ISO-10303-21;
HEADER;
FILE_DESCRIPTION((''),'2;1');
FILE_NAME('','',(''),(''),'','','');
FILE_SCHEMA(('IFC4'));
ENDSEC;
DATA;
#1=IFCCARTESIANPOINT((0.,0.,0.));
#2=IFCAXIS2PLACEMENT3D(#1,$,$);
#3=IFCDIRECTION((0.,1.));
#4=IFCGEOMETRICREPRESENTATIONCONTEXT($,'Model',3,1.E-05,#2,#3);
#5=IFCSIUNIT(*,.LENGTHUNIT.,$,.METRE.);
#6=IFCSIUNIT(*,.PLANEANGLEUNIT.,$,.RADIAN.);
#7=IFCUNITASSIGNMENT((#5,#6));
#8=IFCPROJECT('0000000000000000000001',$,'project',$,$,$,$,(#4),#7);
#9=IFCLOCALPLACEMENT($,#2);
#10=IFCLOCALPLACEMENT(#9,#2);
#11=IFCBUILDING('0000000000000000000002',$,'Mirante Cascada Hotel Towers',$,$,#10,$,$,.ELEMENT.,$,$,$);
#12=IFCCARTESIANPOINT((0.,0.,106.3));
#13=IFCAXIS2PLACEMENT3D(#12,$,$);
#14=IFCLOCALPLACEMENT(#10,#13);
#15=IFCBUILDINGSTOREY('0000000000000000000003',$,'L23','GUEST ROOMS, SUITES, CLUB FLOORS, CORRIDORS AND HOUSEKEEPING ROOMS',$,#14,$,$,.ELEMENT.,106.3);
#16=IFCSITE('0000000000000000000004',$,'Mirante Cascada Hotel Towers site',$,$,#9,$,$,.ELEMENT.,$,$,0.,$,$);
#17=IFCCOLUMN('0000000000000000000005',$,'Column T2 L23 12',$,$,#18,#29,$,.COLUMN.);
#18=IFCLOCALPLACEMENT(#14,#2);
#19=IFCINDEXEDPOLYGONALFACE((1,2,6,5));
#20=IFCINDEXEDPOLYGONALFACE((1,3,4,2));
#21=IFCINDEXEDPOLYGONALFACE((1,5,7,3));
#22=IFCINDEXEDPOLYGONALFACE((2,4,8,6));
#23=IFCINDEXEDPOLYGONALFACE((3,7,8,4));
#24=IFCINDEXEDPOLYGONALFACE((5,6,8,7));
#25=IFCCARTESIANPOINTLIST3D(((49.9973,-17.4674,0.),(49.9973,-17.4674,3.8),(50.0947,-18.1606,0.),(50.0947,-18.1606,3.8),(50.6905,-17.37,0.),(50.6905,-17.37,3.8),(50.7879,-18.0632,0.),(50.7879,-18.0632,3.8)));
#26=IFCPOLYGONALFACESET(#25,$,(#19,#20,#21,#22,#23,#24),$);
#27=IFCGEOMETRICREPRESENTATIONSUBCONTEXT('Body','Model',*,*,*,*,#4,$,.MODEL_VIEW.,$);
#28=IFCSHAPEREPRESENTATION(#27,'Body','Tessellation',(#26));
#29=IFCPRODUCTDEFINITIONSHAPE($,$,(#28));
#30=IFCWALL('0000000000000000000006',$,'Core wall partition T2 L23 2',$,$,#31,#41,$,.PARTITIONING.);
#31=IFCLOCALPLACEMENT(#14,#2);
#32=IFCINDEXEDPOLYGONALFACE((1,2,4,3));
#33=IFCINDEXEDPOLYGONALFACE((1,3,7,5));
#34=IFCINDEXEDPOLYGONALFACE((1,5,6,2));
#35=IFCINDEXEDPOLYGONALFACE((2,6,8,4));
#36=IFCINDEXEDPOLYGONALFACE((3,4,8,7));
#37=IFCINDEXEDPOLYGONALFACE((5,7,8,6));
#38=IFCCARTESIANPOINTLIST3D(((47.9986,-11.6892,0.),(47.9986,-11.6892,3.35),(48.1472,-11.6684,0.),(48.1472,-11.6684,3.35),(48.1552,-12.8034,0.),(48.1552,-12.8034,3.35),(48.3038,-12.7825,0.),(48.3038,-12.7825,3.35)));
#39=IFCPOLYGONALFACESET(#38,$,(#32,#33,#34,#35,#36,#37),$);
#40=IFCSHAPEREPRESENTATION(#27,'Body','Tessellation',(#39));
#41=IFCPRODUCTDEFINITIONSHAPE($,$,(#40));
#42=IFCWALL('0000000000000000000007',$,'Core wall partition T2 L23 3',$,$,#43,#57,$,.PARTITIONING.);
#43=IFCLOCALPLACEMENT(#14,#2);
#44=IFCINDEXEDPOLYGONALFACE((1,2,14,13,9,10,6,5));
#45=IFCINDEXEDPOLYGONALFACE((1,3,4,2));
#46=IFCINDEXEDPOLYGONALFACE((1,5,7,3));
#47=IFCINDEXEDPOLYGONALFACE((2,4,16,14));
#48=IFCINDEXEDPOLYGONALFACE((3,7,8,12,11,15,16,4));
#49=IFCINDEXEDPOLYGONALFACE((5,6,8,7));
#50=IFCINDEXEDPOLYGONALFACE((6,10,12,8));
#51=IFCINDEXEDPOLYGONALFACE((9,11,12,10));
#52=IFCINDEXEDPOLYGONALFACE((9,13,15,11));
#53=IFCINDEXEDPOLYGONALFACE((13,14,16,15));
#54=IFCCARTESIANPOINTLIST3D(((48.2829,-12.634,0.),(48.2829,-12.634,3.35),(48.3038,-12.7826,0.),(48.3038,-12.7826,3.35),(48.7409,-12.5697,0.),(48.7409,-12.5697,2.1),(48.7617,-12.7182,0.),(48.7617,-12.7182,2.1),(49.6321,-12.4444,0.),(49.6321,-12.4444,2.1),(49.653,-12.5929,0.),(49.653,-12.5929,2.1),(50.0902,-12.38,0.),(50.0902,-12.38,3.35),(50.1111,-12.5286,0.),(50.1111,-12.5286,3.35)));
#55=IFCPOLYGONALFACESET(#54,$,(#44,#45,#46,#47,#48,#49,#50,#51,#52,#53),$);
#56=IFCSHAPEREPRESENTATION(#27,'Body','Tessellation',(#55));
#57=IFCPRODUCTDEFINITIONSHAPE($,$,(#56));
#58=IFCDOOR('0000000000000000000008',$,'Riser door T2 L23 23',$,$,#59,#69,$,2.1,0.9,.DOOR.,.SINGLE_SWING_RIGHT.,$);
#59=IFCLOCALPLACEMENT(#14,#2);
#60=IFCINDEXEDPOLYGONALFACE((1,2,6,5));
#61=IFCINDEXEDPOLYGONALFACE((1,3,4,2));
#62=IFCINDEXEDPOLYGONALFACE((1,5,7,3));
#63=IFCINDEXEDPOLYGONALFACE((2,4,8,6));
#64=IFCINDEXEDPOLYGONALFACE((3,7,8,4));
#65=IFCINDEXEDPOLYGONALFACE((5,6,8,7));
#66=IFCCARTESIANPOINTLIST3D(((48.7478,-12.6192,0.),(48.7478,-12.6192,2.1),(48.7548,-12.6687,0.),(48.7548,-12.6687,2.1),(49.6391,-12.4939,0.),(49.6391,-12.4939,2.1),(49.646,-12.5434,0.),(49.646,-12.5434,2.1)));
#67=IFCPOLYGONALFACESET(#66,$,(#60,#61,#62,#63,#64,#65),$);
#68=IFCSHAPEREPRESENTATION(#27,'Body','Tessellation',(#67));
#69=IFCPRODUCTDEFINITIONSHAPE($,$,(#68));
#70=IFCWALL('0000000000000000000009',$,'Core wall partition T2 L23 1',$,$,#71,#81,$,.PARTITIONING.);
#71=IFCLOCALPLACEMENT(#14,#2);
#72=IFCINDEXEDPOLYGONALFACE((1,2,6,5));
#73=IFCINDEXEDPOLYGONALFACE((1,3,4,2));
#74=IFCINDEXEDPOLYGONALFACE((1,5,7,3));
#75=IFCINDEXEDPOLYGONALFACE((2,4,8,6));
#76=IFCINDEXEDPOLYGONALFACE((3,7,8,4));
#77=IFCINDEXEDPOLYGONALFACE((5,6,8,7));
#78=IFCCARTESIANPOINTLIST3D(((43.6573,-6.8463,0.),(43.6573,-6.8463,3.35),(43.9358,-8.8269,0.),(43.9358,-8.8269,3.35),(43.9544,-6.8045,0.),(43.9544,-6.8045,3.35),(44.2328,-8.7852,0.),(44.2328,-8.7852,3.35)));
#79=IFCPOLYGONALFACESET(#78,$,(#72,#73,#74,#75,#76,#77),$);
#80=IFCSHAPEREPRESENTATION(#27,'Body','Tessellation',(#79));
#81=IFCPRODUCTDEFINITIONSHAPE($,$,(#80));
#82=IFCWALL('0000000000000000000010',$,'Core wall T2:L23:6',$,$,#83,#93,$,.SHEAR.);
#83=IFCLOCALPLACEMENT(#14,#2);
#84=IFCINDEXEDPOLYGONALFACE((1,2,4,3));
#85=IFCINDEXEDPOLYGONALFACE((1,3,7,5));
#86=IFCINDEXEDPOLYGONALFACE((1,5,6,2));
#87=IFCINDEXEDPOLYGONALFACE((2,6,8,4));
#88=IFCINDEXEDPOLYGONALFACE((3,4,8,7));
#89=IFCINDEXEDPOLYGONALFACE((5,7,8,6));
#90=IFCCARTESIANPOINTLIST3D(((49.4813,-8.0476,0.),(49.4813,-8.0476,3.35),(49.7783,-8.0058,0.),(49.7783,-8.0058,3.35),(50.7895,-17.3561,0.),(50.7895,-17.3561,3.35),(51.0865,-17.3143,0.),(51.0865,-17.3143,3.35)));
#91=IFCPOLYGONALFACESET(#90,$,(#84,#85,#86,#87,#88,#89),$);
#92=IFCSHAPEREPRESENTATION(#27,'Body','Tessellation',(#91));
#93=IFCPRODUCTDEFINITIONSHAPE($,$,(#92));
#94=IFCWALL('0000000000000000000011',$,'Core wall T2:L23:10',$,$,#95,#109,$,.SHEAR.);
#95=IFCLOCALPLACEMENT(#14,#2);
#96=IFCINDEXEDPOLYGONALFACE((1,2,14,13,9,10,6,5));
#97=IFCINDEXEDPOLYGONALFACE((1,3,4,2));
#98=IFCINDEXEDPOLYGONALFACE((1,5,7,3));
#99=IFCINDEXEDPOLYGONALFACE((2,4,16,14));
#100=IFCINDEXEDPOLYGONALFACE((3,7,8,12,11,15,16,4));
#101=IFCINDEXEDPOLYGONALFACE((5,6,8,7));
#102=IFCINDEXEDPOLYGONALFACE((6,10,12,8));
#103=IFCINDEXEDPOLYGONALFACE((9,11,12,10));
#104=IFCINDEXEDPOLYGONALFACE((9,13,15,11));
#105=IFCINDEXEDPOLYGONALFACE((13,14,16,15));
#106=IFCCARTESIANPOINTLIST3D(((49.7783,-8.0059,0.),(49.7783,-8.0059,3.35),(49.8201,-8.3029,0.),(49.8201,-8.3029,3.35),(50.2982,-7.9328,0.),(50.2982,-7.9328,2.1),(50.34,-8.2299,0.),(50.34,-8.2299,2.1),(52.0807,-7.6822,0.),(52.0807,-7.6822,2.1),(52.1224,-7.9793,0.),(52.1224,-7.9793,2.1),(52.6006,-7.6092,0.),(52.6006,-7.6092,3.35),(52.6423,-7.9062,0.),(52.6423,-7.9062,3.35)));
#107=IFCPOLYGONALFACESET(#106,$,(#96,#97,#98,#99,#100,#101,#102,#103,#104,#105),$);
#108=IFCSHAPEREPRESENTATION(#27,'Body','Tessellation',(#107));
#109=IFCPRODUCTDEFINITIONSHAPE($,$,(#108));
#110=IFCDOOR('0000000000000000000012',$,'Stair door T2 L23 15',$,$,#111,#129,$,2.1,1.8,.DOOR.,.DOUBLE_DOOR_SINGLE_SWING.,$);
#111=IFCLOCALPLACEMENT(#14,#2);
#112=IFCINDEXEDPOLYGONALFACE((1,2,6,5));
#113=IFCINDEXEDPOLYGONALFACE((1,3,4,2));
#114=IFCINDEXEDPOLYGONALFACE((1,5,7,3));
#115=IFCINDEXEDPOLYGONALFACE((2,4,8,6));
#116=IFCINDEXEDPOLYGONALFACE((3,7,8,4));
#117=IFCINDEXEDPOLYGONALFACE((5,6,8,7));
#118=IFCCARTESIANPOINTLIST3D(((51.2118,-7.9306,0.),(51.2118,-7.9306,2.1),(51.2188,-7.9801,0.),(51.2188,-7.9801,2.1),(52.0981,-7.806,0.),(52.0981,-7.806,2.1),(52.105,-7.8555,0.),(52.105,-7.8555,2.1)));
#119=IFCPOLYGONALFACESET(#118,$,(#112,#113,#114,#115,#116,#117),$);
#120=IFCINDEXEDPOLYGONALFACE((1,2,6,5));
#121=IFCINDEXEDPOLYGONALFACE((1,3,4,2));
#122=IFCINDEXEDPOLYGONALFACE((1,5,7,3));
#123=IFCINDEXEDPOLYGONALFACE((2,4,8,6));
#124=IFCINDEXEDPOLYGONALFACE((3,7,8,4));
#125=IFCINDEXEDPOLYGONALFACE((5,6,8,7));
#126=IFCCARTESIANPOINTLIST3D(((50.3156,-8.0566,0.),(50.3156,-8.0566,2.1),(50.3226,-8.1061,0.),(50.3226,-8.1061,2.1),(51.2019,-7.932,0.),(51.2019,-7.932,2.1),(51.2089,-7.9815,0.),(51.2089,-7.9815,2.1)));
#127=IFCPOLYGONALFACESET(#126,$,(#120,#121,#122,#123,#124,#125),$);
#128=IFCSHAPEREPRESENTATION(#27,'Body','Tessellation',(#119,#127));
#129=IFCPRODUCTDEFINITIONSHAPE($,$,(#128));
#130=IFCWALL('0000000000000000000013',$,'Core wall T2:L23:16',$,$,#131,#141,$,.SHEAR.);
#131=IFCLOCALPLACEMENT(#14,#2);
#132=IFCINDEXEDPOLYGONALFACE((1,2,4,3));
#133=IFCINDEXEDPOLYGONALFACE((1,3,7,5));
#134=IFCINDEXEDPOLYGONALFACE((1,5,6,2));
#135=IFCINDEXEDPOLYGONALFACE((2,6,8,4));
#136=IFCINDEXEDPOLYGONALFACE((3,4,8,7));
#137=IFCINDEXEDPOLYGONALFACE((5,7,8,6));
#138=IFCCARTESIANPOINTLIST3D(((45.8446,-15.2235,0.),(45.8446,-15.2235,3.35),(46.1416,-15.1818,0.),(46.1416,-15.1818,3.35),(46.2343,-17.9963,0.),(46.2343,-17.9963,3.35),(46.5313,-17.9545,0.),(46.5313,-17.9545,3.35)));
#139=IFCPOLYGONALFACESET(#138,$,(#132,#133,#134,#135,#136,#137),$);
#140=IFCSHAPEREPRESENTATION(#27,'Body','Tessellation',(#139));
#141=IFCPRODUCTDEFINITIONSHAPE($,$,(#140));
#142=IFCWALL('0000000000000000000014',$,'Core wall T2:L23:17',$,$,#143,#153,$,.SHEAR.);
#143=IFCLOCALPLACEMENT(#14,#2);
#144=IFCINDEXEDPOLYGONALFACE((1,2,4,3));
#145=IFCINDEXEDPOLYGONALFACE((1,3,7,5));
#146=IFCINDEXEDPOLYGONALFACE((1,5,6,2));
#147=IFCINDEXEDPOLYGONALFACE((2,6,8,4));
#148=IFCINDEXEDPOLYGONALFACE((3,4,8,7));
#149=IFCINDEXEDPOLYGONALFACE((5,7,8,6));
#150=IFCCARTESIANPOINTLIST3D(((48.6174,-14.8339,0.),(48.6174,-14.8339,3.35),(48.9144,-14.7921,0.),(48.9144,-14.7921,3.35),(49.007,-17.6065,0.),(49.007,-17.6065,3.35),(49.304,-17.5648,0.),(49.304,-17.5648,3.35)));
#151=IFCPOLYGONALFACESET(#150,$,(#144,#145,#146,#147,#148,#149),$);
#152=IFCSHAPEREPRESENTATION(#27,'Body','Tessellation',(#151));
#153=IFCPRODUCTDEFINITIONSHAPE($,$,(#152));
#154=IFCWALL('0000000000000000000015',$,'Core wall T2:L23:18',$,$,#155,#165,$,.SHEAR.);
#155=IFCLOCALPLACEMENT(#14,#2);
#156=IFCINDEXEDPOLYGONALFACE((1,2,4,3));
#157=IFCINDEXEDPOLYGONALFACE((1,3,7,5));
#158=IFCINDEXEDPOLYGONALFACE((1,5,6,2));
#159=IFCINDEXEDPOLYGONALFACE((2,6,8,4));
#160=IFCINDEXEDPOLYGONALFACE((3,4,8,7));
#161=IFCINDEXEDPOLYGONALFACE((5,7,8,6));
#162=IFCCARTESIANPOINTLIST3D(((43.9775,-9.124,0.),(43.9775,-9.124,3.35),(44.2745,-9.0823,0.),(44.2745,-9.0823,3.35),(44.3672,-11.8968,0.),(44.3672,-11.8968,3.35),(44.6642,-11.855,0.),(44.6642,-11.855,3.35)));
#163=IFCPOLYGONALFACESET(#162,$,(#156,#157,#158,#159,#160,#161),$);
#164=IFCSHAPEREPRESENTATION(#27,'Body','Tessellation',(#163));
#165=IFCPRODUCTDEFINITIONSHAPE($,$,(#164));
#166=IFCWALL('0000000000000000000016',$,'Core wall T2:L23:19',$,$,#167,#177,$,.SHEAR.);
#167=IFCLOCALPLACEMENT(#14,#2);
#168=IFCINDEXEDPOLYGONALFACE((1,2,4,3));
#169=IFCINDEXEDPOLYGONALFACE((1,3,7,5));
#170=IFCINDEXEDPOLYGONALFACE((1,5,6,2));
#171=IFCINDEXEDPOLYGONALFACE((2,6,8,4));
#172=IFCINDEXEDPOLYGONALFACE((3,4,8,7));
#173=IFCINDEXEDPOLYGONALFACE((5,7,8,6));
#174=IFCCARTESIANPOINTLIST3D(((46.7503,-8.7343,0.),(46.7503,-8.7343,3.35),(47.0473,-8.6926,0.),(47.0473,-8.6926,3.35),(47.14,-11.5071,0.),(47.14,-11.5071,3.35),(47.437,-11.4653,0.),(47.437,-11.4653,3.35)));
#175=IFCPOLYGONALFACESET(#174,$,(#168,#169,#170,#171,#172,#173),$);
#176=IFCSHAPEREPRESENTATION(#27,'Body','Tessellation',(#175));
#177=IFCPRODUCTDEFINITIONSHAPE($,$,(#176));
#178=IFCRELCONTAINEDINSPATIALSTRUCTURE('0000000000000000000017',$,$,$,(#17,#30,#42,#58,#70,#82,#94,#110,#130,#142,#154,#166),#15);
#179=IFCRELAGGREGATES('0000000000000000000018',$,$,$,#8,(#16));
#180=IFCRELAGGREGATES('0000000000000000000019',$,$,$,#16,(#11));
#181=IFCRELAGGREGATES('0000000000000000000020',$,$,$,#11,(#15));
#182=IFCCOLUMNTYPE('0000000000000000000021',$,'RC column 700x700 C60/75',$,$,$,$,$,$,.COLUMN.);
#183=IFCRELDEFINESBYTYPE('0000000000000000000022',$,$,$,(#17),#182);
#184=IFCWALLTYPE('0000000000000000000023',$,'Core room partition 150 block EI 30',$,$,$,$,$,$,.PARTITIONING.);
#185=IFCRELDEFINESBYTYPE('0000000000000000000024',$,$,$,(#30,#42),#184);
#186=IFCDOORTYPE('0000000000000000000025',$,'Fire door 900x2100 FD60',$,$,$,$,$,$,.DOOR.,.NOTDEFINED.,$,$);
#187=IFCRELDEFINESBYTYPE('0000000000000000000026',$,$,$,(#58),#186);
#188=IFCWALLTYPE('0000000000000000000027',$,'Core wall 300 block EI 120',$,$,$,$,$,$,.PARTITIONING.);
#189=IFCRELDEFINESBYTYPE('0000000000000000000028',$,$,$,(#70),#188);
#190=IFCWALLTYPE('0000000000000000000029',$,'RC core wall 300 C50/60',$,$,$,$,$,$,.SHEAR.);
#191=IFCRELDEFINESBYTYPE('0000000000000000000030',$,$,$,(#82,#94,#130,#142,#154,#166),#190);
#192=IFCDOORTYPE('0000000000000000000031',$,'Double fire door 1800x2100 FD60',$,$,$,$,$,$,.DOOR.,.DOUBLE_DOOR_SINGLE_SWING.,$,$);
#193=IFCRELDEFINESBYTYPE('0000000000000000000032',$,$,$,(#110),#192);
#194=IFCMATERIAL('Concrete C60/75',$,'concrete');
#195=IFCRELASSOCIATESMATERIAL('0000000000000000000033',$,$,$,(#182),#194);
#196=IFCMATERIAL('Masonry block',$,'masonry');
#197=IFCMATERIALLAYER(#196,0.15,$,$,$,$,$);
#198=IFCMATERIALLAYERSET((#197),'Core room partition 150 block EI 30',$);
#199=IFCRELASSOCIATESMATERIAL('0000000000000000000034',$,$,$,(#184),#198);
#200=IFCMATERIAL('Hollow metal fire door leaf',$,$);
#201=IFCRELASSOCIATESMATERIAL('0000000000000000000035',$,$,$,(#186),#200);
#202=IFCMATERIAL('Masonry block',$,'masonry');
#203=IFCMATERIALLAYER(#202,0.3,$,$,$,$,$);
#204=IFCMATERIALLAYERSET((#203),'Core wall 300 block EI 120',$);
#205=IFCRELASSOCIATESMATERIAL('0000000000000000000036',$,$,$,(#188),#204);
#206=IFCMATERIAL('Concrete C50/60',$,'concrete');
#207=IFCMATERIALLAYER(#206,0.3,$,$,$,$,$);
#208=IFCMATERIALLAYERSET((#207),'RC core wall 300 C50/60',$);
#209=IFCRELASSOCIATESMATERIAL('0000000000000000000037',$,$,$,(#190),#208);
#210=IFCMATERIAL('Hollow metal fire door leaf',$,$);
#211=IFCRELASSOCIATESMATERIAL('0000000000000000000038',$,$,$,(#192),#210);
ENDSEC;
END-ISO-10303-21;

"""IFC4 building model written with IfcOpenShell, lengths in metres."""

from ifc_helpers import new_model, si_unit, direction, frame, frame_2d, origin, origin_2d, place, context, subcontext, project, spatial, rectangle, extrude, material, layer, layer_set, material_profile, profile_set, type_object, element, fill, save


model = new_model("IFC4")

# Units and contexts
model_context = context("Model", 3, precision=1e-05, world=origin(), true_north=direction((0.0, 1.0)))
body_context = subcontext(model_context, "Body", "Model", "MODEL_VIEW")
ifc_project = project(units=[si_unit("LENGTHUNIT", "METRE"), si_unit("PLANEANGLEUNIT", "RADIAN")], contexts=[model_context])

# Site, building, storey
site_placement = place(None, origin())
site = spatial("IfcSite", under=ifc_project, at=site_placement, Name="Mirante Cascada Hotel Towers site", CompositionType="ELEMENT", RefElevation=0.0)
building_placement = place(site_placement, origin())
building = spatial("IfcBuilding", under=site, at=building_placement, Name="Mirante Cascada Hotel Towers", CompositionType="ELEMENT")
storey_placement = place(building_placement, frame((0.0, 0.0, 106.3)))
storey = spatial("IfcBuildingStorey", under=building, at=storey_placement, Name="L23", Description="GUEST ROOMS, SUITES, CLUB FLOORS, CORRIDORS AND HOUSEKEEPING ROOMS", CompositionType="ELEMENT", Elevation=106.3)

# Column
ifc_material_1 = material(Name="Concrete C60/75", Category="concrete")
ifc_material_profile = material_profile(ifc_material_1, rectangle(XDim=0.7, YDim=0.7, at=origin_2d()), Name="RC column 700x700 C60/75")
ifc_profile_set = profile_set([ifc_material_profile], Name="Concrete C60/75")
column_type = type_object("IfcColumnType", Name="RC column 700x700 C60/75", PredefinedType="COLUMN", material=ifc_profile_set)
column_placement = place(storey_placement, frame((50.3926, -17.7653, 0.0), z_axis=(0.0, 0.0, 1.0), x_axis=(0.990268, 0.139173, 0.0)))
element("IfcColumn", 1, at=column_placement, inside=storey, type_object=column_type, Name="Column T2 L23 12", PredefinedType="COLUMN", context=body_context, shape_type="SweptSolid", body=[
    extrude(rectangle(XDim=0.7, YDim=0.7, at=origin_2d()), origin(), (0.0, 0.0, 1.0), 3.8),
])

# Wall
ifc_material_2 = material(Name="Masonry block", Category="masonry")
ifc_layer_1 = layer(ifc_material_2, 0.15)
ifc_layer_set_1 = layer_set([ifc_layer_1], Name="Core room partition 150 block EI 30")
wall_type_1 = type_object("IfcWallType", Name="Core room partition 150 block EI 30", PredefinedType="PARTITIONING", material=ifc_layer_set_1)
wall_1_placement = place(storey_placement, frame((48.2295, -12.793, 0.0), z_axis=(0.0, 0.0, 1.0), x_axis=(-0.139193, 0.990265, 0.0)))
element("IfcWall", 2, at=wall_1_placement, inside=storey, type_object=wall_type_1, Name="Core wall partition T2 L23 2", PredefinedType="PARTITIONING", context=body_context, shape_type="SweptSolid", body=[
    extrude(rectangle(XDim=1.1251, YDim=0.15, at=frame_2d((0.5626, 0.0))), origin(), (0.0, 0.0, 1.0), 3.35),
])

# Wall, opening, door
wall_2_placement = place(storey_placement, frame((48.2933, -12.7083, 0.0), z_axis=(0.0, 0.0, 1.0), x_axis=(0.990268, 0.139173, 0.0)))
wall_2 = element("IfcWall", 3, at=wall_2_placement, inside=storey, type_object=wall_type_1, Name="Core wall partition T2 L23 3", PredefinedType="PARTITIONING", context=body_context, shape_type="SweptSolid", body=[
    extrude(rectangle(XDim=1.8251, YDim=0.15, at=frame_2d((0.9126, 0.0))), origin(), (0.0, 0.0, 1.0), 3.35),
])
opening_1_placement = place(wall_2_placement, frame((0.4625, 0.0, 0.0)))
opening_1 = element("IfcOpeningElement", 4, at=opening_1_placement, cuts=wall_2, PredefinedType="OPENING", context=body_context, shape_type="SweptSolid", body=[
    extrude(rectangle(XDim=0.9, YDim=2.1, at=frame_2d((0.45, 1.05))), frame((0.0, 0.075, 0.0), z_axis=(0.0, -1.0, 0.0), x_axis=(1.0, 0.0, 0.0)), (0.0, 0.0, 1.0), 0.15),
])
ifc_material_3 = material(Name="Hollow metal fire door leaf")
door_type_1 = type_object("IfcDoorType", Name="Fire door 900x2100 FD60", OperationType="NOTDEFINED", PredefinedType="DOOR", material=ifc_material_3)
door_1_placement = place(opening_1_placement, frame((0.9, 0.0, 0.0), z_axis=(0.0, 0.0, 1.0), x_axis=(-1.0, 0.0, 0.0)))
door_1 = element("IfcDoor", 5, at=door_1_placement, inside=storey, type_object=door_type_1, Name="Riser door T2 L23 23", OperationType="SINGLE_SWING_RIGHT", OverallHeight=2.1, OverallWidth=0.9, PredefinedType="DOOR", context=body_context, shape_type="SweptSolid", body=[
    extrude(rectangle(XDim=0.9, YDim=2.1, at=frame_2d((0.45, 1.05))), frame((0.0, 0.025, 0.0), z_axis=(0.0, -1.0, 0.0), x_axis=(1.0, 0.0, 0.0)), (0.0, 0.0, 1.0), 0.05),
])
fill(opening_1, door_1)

# Walls
ifc_material_4 = material(Name="Masonry block", Category="masonry")
ifc_layer_2 = layer(ifc_material_4, 0.3)
ifc_layer_set_2 = layer_set([ifc_layer_2], Name="Core wall 300 block EI 120")
wall_type_2 = type_object("IfcWallType", Name="Core wall 300 block EI 120", PredefinedType="PARTITIONING", material=ifc_layer_set_2)
wall_3_placement = place(storey_placement, frame((44.0843, -8.8061, 0.0), z_axis=(0.0, 0.0, 1.0), x_axis=(-0.139195, 0.990265, 0.0)))
element("IfcWall", 6, at=wall_3_placement, inside=storey, type_object=wall_type_2, Name="Core wall partition T2 L23 1", PredefinedType="PARTITIONING", context=body_context, shape_type="SweptSolid", body=[
    extrude(rectangle(XDim=2.0001, YDim=0.3, at=frame_2d((1.0001, 0.0))), origin(), (0.0, 0.0, 1.0), 3.35),
])
ifc_material_5 = material(Name="Concrete C50/60", Category="concrete")
ifc_layer_3 = layer(ifc_material_5, 0.3)
ifc_layer_set_3 = layer_set([ifc_layer_3], Name="RC core wall 300 C50/60")
wall_type_3 = type_object("IfcWallType", Name="RC core wall 300 C50/60", PredefinedType="SHEAR", material=ifc_layer_set_3)
wall_4_placement = place(storey_placement, frame((50.938, -17.3352, 0.0), z_axis=(0.0, 0.0, 1.0), x_axis=(-0.139171, 0.990268, 0.0)))
element("IfcWall", 7, at=wall_4_placement, inside=storey, type_object=wall_type_3, Name="Core wall T2:L23:6", PredefinedType="SHEAR", context=body_context, shape_type="SweptSolid", body=[
    extrude(rectangle(XDim=9.4, YDim=0.3, at=frame_2d((4.7, 0.0))), origin(), (0.0, 0.0, 1.0), 3.35),
])

# Wall, opening, door
wall_5_placement = place(storey_placement, frame((49.7992, -8.1544, 0.0), z_axis=(0.0, 0.0, 1.0), x_axis=(0.990266, 0.139191, 0.0)))
wall_5 = element("IfcWall", 8, at=wall_5_placement, inside=storey, type_object=wall_type_3, Name="Core wall T2:L23:10", PredefinedType="SHEAR", context=body_context, shape_type="SweptSolid", body=[
    extrude(rectangle(XDim=2.85, YDim=0.3, at=frame_2d((1.425, 0.0))), origin(), (0.0, 0.0, 1.0), 3.35),
])
opening_2_placement = place(wall_5_placement, frame((0.525, 0.0, 0.0)))
opening_2 = element("IfcOpeningElement", 9, at=opening_2_placement, cuts=wall_5, PredefinedType="OPENING", context=body_context, shape_type="SweptSolid", body=[
    extrude(rectangle(XDim=1.8, YDim=2.1, at=frame_2d((0.9, 1.05))), frame((0.0, 0.15, 0.0), z_axis=(0.0, -1.0, 0.0), x_axis=(1.0, 0.0, 0.0)), (0.0, 0.0, 1.0), 0.3),
])
ifc_material_6 = material(Name="Hollow metal fire door leaf")
door_type_2 = type_object("IfcDoorType", Name="Double fire door 1800x2100 FD60", OperationType="DOUBLE_DOOR_SINGLE_SWING", PredefinedType="DOOR", material=ifc_material_6)
door_2_placement = place(opening_2_placement, frame((1.8, 0.0, 0.0), z_axis=(0.0, 0.0, 1.0), x_axis=(-1.0, 0.0, 0.0)))
door_2 = element("IfcDoor", 10, at=door_2_placement, inside=storey, type_object=door_type_2, Name="Stair door T2 L23 15", OperationType="DOUBLE_DOOR_SINGLE_SWING", OverallHeight=2.1, OverallWidth=1.8, PredefinedType="DOOR", context=body_context, shape_type="SweptSolid", body=[
    extrude(rectangle(XDim=0.895, YDim=2.1, at=frame_2d((0.4475, 1.05))), frame((0.0, 0.025, 0.0), z_axis=(0.0, -1.0, 0.0), x_axis=(1.0, 0.0, 0.0)), (0.0, 0.0, 1.0), 0.05),
    extrude(rectangle(XDim=0.895, YDim=2.1, at=frame_2d((1.3525, 1.05))), frame((0.0, 0.025, 0.0), z_axis=(0.0, -1.0, 0.0), x_axis=(1.0, 0.0, 0.0)), (0.0, 0.0, 1.0), 0.05),
])
fill(opening_2, door_2)

# Walls
wall_6_placement = place(storey_placement, frame((46.3828, -17.9754, 0.0), z_axis=(0.0, 0.0, 1.0), x_axis=(-0.139181, 0.990267, 0.0)))
element("IfcWall", 11, at=wall_6_placement, inside=storey, type_object=wall_type_3, Name="Core wall T2:L23:16", PredefinedType="SHEAR", context=body_context, shape_type="SweptSolid", body=[
    extrude(rectangle(XDim=2.8, YDim=0.3, at=frame_2d((1.4, 0.0))), origin(), (0.0, 0.0, 1.0), 3.35),
])
wall_7_placement = place(storey_placement, frame((49.1555, -17.5857, 0.0), z_axis=(0.0, 0.0, 1.0), x_axis=(-0.139146, 0.990272, 0.0)))
element("IfcWall", 12, at=wall_7_placement, inside=storey, type_object=wall_type_3, Name="Core wall T2:L23:17", PredefinedType="SHEAR", context=body_context, shape_type="SweptSolid", body=[
    extrude(rectangle(XDim=2.7999, YDim=0.3, at=frame_2d((1.4, 0.0))), origin(), (0.0, 0.0, 1.0), 3.35),
])
for number, where, z_axis, x_axis, name in (
    (13, (44.5157, -11.8759, 0.0), (0.0, 0.0, 1.0), (-0.139181, 0.990267, 0.0), "Core wall T2:L23:18"),
    (14, (47.2885, -11.4862, 0.0), (0.0, 0.0, 1.0), (-0.139181, 0.990267, 0.0), "Core wall T2:L23:19"),
):
    element("IfcWall", number, at=place(storey_placement, frame(where, z_axis=z_axis, x_axis=x_axis)), inside=storey, type_object=wall_type_3, Name=name, PredefinedType="SHEAR", context=body_context, shape_type="SweptSolid", body=[
        extrude(rectangle(XDim=2.8, YDim=0.3, at=frame_2d((1.4, 0.0))), origin(), (0.0, 0.0, 1.0), 3.35),
    ])

save(model, "model.ifc")
